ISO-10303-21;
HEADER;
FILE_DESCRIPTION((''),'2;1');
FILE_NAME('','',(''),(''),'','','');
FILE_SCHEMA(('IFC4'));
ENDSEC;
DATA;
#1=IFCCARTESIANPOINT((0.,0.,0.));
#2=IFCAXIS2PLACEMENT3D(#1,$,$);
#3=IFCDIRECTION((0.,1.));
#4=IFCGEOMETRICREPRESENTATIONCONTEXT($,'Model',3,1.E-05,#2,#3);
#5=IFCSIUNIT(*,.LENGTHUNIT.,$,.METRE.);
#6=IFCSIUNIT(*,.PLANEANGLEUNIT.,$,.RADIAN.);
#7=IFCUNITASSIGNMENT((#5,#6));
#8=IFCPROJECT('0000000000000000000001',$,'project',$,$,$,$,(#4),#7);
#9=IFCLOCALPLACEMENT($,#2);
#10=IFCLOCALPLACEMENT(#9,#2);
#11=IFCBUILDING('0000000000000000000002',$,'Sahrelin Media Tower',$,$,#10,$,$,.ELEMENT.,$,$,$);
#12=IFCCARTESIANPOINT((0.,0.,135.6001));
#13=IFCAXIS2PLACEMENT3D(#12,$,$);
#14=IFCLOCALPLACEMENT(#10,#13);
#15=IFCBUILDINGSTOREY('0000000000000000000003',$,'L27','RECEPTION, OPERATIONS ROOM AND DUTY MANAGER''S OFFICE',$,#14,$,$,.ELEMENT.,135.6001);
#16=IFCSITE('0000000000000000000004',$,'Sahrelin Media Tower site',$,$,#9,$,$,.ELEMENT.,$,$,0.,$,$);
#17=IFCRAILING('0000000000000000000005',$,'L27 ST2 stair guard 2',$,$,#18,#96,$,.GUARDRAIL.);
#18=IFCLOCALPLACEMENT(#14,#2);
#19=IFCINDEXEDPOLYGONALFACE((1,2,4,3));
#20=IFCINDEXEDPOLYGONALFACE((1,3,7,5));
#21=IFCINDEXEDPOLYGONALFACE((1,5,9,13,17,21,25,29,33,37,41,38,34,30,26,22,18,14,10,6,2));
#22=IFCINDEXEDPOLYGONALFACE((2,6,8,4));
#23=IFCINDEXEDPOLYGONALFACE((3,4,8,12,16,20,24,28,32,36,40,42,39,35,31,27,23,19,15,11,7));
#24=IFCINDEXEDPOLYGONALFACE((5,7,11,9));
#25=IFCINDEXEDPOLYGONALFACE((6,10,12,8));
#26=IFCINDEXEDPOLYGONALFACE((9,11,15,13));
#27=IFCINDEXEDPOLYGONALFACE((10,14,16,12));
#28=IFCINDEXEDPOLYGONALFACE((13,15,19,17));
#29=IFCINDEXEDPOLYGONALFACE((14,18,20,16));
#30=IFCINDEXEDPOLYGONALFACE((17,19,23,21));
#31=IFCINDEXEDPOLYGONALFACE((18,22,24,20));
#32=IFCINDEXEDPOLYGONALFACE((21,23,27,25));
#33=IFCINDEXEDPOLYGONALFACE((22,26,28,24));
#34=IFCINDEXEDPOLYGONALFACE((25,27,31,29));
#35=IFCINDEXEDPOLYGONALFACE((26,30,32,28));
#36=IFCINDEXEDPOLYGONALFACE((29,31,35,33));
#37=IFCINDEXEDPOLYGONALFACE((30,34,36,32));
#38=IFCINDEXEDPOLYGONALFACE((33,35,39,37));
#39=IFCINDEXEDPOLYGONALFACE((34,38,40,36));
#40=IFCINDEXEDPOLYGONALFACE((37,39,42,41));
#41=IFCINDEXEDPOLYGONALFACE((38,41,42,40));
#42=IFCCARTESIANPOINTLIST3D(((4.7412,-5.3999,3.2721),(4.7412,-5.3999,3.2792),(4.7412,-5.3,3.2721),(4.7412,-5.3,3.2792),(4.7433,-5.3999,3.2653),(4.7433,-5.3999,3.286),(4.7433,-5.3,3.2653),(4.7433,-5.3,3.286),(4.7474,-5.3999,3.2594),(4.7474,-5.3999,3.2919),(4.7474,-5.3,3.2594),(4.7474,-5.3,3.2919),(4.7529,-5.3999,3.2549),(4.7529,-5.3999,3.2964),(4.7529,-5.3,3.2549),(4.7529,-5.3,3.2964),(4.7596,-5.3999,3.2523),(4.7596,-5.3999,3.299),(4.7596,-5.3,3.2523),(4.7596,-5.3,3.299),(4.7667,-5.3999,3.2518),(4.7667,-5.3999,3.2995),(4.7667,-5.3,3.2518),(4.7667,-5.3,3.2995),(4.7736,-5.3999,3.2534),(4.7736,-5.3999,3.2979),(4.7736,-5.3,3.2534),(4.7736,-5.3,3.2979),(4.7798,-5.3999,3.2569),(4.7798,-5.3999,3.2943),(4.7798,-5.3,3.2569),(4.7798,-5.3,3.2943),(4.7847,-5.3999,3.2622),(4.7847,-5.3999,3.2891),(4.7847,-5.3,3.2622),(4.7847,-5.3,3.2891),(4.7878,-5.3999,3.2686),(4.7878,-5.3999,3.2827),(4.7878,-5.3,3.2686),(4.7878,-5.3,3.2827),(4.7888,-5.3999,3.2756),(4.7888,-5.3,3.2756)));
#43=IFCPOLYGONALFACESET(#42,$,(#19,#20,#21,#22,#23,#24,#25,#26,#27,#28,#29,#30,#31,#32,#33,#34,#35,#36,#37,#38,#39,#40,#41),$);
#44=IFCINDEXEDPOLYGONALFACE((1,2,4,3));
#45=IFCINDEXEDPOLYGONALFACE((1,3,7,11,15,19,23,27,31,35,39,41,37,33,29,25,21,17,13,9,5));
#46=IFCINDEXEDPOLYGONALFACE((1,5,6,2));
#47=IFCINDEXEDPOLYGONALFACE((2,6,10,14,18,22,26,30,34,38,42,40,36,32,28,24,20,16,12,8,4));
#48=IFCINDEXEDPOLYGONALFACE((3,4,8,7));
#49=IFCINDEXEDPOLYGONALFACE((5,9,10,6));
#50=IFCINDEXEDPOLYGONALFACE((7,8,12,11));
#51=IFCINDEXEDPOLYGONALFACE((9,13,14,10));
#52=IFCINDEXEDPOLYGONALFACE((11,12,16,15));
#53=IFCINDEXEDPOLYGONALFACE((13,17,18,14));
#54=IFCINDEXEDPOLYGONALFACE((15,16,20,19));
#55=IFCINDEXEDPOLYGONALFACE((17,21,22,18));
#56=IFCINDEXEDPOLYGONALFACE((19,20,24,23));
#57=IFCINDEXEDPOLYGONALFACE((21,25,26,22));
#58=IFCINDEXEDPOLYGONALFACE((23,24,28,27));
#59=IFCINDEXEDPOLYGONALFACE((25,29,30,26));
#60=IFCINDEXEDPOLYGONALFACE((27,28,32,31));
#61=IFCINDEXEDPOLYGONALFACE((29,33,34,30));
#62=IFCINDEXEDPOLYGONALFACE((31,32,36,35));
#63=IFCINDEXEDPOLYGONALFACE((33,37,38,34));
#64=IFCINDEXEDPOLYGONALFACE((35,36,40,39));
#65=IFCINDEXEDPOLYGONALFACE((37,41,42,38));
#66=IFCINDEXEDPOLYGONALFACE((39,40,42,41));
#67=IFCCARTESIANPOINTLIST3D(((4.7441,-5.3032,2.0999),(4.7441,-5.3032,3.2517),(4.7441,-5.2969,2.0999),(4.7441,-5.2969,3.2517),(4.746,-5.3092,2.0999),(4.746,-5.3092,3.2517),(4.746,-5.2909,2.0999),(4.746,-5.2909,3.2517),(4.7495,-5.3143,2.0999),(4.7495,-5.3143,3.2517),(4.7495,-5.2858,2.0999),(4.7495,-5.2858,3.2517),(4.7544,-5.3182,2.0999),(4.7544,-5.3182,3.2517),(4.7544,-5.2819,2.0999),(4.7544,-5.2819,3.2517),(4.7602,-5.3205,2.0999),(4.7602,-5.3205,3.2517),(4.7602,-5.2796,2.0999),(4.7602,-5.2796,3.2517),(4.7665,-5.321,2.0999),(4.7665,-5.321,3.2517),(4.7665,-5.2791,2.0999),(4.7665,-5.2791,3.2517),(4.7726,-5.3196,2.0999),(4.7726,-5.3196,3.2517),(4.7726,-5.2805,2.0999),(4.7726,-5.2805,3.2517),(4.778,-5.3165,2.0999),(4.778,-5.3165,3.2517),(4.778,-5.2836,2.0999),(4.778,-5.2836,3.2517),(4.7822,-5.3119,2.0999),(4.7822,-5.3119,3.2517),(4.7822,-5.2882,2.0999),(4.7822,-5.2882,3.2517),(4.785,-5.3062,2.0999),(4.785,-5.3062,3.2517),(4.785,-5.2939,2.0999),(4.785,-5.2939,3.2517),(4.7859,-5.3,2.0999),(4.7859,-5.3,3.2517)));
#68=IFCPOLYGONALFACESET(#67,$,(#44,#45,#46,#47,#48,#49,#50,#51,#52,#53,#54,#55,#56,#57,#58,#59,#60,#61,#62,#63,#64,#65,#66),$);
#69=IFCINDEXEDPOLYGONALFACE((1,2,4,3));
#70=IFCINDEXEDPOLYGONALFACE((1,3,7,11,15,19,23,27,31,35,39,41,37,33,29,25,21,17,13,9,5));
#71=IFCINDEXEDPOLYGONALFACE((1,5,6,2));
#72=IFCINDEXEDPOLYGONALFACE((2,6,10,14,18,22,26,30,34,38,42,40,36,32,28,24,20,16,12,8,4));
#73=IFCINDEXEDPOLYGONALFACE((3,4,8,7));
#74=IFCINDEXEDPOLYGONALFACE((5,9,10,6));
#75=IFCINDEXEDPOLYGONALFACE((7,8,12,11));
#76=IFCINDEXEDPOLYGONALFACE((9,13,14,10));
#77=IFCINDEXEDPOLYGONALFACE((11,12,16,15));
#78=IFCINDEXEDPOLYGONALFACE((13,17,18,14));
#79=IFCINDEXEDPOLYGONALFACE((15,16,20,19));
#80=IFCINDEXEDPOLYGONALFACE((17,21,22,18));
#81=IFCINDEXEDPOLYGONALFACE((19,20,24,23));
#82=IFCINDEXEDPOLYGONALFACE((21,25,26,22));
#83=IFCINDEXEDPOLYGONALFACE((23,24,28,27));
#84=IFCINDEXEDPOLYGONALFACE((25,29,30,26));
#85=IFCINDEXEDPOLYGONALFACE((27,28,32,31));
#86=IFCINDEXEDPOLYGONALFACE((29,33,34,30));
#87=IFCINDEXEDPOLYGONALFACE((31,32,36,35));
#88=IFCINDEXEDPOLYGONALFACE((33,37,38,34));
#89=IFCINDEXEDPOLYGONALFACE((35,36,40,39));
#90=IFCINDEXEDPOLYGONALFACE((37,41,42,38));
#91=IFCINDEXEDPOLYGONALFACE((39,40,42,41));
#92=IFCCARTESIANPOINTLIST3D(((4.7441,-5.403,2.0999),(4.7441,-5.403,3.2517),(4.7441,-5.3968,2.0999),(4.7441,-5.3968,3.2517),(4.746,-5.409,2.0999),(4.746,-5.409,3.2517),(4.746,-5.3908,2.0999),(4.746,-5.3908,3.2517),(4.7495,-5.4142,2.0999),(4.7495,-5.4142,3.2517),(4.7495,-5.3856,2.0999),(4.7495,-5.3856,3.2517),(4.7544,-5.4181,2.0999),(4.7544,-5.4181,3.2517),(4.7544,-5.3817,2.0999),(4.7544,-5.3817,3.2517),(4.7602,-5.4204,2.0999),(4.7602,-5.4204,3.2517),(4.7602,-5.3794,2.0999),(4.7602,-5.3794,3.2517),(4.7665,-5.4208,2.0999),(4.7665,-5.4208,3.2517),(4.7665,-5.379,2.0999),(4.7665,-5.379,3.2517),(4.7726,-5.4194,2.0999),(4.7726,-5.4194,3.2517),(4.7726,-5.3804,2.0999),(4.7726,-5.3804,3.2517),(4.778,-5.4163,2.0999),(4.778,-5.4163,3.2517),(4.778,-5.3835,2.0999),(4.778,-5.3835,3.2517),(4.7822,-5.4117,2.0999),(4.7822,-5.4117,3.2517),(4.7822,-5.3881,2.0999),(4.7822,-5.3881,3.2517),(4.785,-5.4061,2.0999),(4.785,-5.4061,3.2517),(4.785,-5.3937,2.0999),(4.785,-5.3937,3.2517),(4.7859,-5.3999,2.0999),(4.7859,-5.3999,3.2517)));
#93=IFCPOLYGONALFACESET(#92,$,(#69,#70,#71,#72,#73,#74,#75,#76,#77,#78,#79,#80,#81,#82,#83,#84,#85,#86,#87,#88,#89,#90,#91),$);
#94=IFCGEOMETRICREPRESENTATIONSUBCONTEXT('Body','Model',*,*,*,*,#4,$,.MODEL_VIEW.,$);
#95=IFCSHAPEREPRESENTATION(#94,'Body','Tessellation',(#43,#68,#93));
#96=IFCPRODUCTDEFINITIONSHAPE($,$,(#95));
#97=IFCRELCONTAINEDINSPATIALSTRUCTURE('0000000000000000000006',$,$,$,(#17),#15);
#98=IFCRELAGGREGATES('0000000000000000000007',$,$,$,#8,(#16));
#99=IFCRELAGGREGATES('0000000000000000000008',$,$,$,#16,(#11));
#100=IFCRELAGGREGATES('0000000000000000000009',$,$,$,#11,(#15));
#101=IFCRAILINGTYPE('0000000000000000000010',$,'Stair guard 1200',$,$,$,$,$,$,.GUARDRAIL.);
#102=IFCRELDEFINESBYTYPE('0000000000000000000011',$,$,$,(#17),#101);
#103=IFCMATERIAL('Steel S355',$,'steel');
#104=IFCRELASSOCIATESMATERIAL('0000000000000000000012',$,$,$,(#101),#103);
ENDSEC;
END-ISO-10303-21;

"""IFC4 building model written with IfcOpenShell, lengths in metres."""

from ifc_helpers import new_model, si_unit, direction, frame, origin, origin_2d, place, context, subcontext, project, spatial, circle, extrude, material, type_object, element, save


model = new_model("IFC4")

# Units and contexts
model_context = context("Model", 3, precision=1e-05, world=origin(), true_north=direction((0.0, 1.0)))
body_context = subcontext(model_context, "Body", "Model", "MODEL_VIEW")
ifc_project = project(units=[si_unit("LENGTHUNIT", "METRE"), si_unit("PLANEANGLEUNIT", "RADIAN")], contexts=[model_context])

# Site, building, storey
site_placement = place(None, origin())
site = spatial("IfcSite", under=ifc_project, at=site_placement, Name="Sahrelin Media Tower site", CompositionType="ELEMENT", RefElevation=0.0)
building_placement = place(site_placement, origin())
building = spatial("IfcBuilding", under=site, at=building_placement, Name="Sahrelin Media Tower", CompositionType="ELEMENT")
storey_placement = place(building_placement, frame((0.0, 0.0, 135.6001)))
storey = spatial("IfcBuildingStorey", under=building, at=storey_placement, Name="L27", Description="RECEPTION, OPERATIONS ROOM AND DUTY MANAGER'S OFFICE", CompositionType="ELEMENT", Elevation=135.6001)

# Shared definitions
ifc_material_1 = material(Name="Steel S355", Category="steel")

# Railing
railing_type_1 = type_object("IfcRailingType", Name="Stair guard 1200", PredefinedType="GUARDRAIL", material=ifc_material_1)
railing_1_placement = place(storey_placement, frame((4.7649, -5.3, 2.0999)))
element("IfcRailing", 1, at=railing_1_placement, inside=storey, type_object=railing_type_1, Name="L27 ST2 stair guard 2", PredefinedType="GUARDRAIL", context=body_context, shape_type="SweptSolid", body=[
    extrude(circle(Radius=0.0239, at=origin_2d()), frame((0.0, 0.0, 1.1758), z_axis=(0.0, -1.0, 0.0), x_axis=(1.0, 0.0, 0.0)), (0.0, 0.0, 1.0), 0.0999),
    extrude(circle(Radius=0.021, at=origin_2d()), origin(), (0.0, 0.0, 1.0), 1.1519),
    extrude(circle(Radius=0.021, at=origin_2d()), frame((0.0, -0.0999, 0.0)), (0.0, 0.0, 1.0), 1.1519),
])

save(model, "model.ifc")
